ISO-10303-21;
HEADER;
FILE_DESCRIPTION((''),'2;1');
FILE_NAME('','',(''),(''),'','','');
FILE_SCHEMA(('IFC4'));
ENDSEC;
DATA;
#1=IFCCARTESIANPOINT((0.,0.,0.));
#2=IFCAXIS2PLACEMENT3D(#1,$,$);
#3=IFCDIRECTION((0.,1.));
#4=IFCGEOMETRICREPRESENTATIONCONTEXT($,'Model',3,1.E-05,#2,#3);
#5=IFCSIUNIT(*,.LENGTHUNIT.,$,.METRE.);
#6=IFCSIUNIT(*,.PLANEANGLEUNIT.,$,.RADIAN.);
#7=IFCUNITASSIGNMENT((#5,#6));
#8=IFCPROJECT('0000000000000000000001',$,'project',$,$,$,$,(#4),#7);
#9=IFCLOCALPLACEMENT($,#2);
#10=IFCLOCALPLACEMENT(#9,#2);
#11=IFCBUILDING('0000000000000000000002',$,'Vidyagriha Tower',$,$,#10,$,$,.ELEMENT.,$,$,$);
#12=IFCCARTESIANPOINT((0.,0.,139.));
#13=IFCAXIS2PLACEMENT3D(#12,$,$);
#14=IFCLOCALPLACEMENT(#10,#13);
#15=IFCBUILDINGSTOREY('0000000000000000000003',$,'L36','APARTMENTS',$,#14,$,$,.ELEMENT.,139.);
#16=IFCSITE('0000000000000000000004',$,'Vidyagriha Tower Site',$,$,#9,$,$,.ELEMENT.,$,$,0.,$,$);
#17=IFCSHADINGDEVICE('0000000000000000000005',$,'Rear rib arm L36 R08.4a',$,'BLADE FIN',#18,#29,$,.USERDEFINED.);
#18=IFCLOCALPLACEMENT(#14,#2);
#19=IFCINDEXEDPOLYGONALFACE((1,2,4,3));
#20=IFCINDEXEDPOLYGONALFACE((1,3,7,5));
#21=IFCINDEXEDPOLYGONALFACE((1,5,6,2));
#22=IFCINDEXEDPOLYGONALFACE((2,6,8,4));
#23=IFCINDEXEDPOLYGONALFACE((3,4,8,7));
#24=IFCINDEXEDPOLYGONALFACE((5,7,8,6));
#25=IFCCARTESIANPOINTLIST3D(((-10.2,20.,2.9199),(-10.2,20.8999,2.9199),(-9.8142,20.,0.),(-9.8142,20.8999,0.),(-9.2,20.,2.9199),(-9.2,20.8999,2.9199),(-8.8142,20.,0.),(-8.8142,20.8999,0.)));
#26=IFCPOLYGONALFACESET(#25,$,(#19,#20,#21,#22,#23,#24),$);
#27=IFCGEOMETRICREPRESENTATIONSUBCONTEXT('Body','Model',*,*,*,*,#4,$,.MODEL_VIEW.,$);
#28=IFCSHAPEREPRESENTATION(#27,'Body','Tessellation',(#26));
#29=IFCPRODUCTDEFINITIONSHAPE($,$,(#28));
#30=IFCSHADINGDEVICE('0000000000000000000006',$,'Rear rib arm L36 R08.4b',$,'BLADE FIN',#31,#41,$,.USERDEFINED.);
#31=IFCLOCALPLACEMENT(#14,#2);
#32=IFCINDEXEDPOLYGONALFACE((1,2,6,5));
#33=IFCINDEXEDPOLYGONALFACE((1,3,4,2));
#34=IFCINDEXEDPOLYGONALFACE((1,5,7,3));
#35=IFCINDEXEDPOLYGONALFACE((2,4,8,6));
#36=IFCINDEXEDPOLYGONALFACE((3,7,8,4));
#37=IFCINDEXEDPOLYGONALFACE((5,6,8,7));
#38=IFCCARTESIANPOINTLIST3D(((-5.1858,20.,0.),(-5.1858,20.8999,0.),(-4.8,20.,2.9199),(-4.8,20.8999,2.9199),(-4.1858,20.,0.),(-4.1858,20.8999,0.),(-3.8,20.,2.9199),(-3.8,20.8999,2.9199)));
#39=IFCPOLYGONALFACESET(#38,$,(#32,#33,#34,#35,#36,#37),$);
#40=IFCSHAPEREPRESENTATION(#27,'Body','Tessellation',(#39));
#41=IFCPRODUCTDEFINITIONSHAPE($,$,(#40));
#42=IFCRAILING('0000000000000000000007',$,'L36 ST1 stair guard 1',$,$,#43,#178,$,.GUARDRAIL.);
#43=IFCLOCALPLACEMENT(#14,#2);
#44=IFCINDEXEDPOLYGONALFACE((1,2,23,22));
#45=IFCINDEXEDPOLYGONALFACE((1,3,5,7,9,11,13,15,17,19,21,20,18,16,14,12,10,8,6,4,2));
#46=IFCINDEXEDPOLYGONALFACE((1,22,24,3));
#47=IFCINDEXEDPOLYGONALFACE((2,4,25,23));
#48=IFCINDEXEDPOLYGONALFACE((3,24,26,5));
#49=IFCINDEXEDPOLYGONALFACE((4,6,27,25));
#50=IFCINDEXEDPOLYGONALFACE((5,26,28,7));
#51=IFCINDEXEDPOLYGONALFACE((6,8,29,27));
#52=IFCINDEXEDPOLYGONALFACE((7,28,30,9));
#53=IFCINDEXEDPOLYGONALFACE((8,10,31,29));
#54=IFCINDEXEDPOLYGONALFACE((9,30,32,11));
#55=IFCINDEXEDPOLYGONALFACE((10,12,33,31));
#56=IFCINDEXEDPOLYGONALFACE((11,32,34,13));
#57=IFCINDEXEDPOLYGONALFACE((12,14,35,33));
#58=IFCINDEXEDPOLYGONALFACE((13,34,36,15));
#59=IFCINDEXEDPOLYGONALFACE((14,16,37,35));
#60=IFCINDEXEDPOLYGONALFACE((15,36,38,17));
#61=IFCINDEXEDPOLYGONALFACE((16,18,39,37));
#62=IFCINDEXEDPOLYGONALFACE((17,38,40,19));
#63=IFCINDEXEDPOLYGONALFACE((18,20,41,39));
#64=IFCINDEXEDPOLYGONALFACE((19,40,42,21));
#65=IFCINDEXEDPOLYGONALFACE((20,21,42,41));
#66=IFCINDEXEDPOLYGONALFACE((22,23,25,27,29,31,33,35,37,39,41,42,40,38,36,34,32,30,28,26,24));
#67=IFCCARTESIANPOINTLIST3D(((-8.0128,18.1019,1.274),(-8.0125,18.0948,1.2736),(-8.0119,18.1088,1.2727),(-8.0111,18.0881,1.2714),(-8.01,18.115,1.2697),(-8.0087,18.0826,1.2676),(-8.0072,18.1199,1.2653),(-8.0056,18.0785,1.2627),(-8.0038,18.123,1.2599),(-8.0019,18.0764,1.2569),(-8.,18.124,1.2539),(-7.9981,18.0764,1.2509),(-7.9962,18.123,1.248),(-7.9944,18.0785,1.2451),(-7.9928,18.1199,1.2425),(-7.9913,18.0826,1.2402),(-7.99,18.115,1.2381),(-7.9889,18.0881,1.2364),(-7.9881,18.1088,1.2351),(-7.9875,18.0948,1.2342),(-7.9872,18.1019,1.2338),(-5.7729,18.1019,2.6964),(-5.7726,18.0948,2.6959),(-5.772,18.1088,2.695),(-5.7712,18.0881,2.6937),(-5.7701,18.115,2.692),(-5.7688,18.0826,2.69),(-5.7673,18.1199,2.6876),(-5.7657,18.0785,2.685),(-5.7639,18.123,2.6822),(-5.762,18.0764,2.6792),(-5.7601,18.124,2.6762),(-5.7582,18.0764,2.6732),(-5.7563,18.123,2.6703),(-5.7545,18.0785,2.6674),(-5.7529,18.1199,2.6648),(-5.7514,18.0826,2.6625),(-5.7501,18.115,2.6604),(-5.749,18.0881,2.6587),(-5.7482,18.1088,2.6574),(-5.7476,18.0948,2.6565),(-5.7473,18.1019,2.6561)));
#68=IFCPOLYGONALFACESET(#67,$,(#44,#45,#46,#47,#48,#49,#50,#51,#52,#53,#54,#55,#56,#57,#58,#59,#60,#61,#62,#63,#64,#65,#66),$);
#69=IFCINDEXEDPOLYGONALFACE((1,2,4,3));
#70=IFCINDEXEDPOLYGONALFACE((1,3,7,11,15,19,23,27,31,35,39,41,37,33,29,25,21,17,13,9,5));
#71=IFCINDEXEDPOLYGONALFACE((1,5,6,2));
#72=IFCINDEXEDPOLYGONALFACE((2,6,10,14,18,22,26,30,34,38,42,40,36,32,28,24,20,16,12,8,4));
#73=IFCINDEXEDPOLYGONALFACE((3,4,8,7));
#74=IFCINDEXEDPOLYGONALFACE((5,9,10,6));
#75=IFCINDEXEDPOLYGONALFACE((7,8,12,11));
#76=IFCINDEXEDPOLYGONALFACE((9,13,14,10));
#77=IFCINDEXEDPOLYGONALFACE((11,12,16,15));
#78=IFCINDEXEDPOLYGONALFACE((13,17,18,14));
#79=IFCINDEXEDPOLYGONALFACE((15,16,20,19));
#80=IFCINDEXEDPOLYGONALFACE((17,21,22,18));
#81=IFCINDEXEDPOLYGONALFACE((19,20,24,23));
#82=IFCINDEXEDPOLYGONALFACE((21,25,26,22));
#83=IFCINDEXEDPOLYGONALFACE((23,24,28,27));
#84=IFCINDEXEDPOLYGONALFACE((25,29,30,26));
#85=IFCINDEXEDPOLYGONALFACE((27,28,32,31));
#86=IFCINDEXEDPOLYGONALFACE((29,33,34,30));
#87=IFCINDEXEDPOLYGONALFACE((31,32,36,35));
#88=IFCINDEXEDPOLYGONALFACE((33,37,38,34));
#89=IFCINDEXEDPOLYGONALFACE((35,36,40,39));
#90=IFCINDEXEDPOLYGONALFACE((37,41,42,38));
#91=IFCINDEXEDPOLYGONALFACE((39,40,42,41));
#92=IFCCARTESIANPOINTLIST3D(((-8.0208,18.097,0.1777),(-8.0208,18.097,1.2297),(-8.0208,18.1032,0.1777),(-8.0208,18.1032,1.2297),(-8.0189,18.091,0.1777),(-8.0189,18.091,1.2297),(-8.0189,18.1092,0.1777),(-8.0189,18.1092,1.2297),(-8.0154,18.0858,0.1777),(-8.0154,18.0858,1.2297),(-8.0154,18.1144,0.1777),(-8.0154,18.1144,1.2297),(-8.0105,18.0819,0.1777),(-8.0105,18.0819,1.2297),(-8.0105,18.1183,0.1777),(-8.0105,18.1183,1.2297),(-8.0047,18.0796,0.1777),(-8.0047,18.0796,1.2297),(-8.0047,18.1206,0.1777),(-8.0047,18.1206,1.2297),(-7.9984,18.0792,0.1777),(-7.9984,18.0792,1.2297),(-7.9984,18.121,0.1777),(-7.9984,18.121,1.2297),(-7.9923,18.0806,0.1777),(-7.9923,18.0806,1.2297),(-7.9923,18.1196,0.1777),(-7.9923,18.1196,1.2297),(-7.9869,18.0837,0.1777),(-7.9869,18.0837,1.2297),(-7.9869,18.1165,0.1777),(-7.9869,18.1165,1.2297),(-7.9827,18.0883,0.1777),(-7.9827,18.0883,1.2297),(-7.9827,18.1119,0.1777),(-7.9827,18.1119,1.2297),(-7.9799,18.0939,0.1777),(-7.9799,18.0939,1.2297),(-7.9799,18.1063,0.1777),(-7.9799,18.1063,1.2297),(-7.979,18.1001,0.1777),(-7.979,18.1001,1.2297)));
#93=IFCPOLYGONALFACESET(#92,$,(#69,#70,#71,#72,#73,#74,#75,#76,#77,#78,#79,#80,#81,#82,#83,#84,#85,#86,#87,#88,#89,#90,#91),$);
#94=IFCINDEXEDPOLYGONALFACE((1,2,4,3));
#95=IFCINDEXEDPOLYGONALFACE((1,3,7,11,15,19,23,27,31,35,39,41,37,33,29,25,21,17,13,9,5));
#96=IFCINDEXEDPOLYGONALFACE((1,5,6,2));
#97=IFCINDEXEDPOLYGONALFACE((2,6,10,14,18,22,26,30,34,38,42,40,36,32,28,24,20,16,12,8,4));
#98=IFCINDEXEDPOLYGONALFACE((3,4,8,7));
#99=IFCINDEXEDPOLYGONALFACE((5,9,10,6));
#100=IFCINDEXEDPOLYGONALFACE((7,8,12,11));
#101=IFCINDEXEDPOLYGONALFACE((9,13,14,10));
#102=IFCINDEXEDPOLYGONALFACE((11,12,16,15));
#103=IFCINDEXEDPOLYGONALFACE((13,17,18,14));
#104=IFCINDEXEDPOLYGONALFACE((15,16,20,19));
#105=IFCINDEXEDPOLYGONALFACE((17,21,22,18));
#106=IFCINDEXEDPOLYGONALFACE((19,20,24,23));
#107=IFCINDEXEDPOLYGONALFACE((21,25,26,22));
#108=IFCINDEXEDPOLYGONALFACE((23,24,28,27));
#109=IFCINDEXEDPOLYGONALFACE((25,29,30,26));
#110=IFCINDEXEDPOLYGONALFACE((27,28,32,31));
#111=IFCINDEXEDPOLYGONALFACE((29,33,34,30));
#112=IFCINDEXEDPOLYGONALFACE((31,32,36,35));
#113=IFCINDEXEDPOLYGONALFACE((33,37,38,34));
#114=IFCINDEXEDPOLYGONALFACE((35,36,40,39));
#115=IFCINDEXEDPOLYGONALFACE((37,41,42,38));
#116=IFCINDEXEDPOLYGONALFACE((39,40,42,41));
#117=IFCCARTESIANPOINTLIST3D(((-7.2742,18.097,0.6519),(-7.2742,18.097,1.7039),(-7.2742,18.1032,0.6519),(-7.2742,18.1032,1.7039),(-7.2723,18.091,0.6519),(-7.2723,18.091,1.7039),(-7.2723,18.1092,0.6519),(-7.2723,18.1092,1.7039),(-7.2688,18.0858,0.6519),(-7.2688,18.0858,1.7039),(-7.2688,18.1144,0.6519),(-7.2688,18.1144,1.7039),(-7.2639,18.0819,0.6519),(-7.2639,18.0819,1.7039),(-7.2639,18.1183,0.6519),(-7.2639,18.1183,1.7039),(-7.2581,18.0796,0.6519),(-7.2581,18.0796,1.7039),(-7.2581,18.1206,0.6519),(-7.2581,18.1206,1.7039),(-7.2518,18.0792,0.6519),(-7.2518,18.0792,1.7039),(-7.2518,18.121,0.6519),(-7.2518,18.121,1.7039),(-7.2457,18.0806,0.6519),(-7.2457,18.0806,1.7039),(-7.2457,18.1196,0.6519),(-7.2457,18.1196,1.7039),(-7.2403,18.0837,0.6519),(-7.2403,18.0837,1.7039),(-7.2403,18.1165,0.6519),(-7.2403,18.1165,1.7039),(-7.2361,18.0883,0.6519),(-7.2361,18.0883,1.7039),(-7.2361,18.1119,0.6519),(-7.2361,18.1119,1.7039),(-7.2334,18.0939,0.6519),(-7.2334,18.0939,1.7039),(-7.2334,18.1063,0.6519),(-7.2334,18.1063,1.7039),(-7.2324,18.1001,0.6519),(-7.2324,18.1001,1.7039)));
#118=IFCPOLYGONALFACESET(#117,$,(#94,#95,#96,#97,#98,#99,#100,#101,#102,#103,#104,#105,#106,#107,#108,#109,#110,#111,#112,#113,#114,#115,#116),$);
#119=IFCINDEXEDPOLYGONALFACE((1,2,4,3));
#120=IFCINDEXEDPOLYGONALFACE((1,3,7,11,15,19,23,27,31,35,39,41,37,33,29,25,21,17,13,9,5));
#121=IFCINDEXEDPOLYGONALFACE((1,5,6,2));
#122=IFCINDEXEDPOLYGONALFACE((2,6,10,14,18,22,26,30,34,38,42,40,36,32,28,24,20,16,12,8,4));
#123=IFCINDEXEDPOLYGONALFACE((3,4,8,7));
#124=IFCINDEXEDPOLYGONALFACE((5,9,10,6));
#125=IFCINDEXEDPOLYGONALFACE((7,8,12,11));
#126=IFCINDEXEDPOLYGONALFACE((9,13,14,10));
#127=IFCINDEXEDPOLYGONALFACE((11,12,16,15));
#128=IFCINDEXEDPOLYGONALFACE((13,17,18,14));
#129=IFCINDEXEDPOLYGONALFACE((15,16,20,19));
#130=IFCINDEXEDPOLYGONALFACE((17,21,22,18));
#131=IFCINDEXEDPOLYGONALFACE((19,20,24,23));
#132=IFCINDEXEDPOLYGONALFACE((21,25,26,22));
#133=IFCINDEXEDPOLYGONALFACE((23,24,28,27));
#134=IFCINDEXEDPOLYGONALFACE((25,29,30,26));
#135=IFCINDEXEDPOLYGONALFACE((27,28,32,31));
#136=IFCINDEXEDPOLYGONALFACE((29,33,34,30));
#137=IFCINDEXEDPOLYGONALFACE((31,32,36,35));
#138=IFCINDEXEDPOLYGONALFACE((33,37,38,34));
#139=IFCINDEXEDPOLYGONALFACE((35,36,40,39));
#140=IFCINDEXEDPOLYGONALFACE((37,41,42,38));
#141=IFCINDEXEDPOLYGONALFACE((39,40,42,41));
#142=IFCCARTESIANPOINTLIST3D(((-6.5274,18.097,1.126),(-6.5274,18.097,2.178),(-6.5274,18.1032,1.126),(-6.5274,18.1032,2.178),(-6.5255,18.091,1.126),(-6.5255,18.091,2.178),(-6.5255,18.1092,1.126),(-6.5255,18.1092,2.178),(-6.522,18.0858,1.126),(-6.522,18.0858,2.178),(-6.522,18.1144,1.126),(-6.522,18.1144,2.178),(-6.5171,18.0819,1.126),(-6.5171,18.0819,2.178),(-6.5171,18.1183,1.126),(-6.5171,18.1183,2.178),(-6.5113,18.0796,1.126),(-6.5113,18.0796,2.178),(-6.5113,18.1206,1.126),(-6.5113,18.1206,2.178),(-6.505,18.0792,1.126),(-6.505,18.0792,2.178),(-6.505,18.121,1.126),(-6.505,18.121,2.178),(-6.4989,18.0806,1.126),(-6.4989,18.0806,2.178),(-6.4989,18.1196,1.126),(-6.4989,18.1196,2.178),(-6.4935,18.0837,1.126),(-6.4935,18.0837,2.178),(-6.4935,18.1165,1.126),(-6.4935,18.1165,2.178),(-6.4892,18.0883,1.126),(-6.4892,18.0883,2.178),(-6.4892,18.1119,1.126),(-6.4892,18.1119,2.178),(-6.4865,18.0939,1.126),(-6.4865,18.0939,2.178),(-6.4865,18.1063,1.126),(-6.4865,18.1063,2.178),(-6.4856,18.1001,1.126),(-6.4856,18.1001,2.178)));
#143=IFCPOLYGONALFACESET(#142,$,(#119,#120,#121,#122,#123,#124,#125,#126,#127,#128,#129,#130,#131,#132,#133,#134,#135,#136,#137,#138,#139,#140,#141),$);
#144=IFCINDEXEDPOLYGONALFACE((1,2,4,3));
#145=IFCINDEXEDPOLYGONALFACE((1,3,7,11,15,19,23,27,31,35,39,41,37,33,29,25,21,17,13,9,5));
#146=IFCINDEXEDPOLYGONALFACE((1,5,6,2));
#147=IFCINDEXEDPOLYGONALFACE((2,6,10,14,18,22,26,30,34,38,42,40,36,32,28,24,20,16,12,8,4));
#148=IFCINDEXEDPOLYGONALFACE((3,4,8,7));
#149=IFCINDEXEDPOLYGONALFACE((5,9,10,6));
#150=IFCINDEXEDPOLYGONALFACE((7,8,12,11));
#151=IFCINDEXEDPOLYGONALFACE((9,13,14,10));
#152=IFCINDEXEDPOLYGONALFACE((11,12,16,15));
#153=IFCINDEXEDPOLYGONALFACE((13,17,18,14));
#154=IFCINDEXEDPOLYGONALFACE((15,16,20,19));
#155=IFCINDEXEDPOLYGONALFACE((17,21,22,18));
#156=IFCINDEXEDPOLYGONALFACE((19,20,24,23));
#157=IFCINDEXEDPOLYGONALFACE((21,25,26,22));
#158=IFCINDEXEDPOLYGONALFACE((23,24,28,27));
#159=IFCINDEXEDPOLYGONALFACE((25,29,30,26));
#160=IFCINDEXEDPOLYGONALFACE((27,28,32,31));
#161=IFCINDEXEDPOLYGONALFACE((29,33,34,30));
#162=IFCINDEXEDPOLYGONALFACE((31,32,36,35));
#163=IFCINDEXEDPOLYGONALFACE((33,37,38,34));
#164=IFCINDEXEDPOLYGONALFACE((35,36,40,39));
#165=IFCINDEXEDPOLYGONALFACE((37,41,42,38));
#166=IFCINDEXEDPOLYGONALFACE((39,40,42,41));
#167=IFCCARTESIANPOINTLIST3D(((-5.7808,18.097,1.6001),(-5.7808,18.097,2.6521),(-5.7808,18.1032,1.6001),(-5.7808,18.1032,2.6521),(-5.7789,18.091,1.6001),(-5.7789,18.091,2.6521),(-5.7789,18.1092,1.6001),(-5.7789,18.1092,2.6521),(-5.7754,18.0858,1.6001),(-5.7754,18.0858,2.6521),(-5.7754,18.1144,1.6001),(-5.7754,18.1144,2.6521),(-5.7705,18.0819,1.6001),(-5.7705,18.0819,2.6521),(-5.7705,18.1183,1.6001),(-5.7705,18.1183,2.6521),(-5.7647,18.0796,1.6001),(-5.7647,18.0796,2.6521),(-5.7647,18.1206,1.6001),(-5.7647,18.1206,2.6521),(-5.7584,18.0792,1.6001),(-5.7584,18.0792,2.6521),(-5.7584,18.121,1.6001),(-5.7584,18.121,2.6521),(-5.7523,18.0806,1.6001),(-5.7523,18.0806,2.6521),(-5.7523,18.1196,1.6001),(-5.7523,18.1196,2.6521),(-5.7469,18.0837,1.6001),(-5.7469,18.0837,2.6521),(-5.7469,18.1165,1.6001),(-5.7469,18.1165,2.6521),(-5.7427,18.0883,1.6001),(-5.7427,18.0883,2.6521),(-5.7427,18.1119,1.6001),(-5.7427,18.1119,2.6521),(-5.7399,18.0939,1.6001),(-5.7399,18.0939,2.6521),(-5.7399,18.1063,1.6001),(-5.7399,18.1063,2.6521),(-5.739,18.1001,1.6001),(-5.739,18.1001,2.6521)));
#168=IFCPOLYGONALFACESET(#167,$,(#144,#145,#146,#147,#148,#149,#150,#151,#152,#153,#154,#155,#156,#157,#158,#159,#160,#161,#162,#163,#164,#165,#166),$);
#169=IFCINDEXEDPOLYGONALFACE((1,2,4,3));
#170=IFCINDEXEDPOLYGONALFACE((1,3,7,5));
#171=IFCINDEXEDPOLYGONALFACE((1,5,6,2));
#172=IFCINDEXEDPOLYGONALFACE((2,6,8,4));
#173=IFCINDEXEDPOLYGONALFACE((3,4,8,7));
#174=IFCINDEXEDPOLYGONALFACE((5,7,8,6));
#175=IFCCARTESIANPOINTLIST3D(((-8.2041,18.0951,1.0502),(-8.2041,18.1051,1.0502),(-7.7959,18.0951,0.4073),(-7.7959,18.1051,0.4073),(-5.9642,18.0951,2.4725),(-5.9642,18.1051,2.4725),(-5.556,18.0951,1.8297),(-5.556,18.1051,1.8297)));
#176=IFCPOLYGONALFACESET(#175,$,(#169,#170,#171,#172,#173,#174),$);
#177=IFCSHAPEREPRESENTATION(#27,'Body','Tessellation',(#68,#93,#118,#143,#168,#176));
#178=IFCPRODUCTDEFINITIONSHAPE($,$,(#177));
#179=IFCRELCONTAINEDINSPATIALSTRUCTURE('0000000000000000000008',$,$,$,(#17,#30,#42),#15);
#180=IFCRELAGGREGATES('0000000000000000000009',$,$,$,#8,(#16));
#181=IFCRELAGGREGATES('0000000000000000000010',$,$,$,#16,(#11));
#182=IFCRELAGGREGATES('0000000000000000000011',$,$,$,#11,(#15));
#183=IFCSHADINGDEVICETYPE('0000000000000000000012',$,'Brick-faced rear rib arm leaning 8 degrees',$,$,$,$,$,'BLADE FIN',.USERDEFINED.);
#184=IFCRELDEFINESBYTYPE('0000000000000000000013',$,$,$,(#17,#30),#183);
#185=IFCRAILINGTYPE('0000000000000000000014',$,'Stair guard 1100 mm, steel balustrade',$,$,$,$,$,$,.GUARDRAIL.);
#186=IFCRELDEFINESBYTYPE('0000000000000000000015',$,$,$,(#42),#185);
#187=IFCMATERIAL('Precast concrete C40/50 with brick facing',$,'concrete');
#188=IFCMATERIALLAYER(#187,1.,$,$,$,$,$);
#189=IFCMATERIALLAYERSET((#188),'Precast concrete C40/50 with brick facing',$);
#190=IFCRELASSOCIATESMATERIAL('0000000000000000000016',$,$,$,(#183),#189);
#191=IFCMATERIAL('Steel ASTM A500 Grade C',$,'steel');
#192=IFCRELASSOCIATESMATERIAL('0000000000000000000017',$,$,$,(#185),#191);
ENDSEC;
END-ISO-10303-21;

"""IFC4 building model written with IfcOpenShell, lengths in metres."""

from ifc_helpers import new_model, si_unit, direction, frame, origin, origin_2d, place, context, subcontext, project, spatial, polyline, rectangle, circle, outline, extrude, material, layer, layer_set, type_object, element, save


model = new_model("IFC4")

# Units and contexts
model_context = context("Model", 3, precision=1e-05, world=origin(), true_north=direction((0.0, 1.0)))
body_context = subcontext(model_context, "Body", "Model", "MODEL_VIEW")
ifc_project = project(units=[si_unit("LENGTHUNIT", "METRE"), si_unit("PLANEANGLEUNIT", "RADIAN")], contexts=[model_context])

# Site, building, storey
site_placement = place(None, origin())
site = spatial("IfcSite", under=ifc_project, at=site_placement, Name="Vidyagriha Tower Site", CompositionType="ELEMENT", RefElevation=0.0)
building_placement = place(site_placement, origin())
building = spatial("IfcBuilding", under=site, at=building_placement, Name="Vidyagriha Tower", CompositionType="ELEMENT")
storey_placement = place(building_placement, frame((0.0, 0.0, 139.0)))
storey = spatial("IfcBuildingStorey", under=building, at=storey_placement, Name="L36", Description="APARTMENTS", CompositionType="ELEMENT", Elevation=139.0)

# Shading devices
ifc_material_1 = material(Name="Precast concrete C40/50 with brick facing", Category="concrete")
ifc_layer_1 = layer(ifc_material_1, 1.0)
ifc_layer_set_1 = layer_set([ifc_layer_1], Name="Precast concrete C40/50 with brick facing")
shading_device_type = type_object("IfcShadingDeviceType", Name="Brick-faced rear rib arm leaning 8 degrees", ElementType="BLADE FIN", PredefinedType="USERDEFINED", material=ifc_layer_set_1)
shading_device_1_placement = place(storey_placement, frame((-8.8142, 20.45, 0.0), z_axis=(0.0, 0.0, 1.0), x_axis=(-1.0, 0.0, 0.0)))
element("IfcShadingDevice", 1, at=shading_device_1_placement, inside=storey, type_object=shading_device_type, Name="Rear rib arm L36 R08.4a", ObjectType="BLADE FIN", PredefinedType="USERDEFINED", context=body_context, shape_type="SweptSolid", body=[
    extrude(outline(polyline([(0.0, 0.0), (1.0, 0.0), (1.3857, 2.9199), (0.3857, 2.9199), (0.0, 0.0)])), frame((0.0, 0.45, 0.0), z_axis=(0.0, -1.0, 0.0), x_axis=(1.0, 0.0, 0.0)), (0.0, 0.0, 1.0), 0.8999),
])
shading_device_2_placement = place(storey_placement, frame((-3.8, 20.45, 0.0), z_axis=(0.0, 0.0, 1.0), x_axis=(-1.0, 0.0, 0.0)))
element("IfcShadingDevice", 2, at=shading_device_2_placement, inside=storey, type_object=shading_device_type, Name="Rear rib arm L36 R08.4b", ObjectType="BLADE FIN", PredefinedType="USERDEFINED", context=body_context, shape_type="SweptSolid", body=[
    extrude(outline(polyline([(0.3857, 0.0), (1.3857, 0.0), (1.0, 2.9199), (0.0, 2.9199), (0.3857, 0.0)])), frame((0.0, 0.45, 0.0), z_axis=(0.0, -1.0, 0.0), x_axis=(1.0, 0.0, 0.0)), (0.0, 0.0, 1.0), 0.8999),
])

# Railing
ifc_material_2 = material(Name="Steel ASTM A500 Grade C", Category="steel")
railing_type_1 = type_object("IfcRailingType", Name="Stair guard 1100 mm, steel balustrade", PredefinedType="GUARDRAIL", material=ifc_material_2)
railing_1_placement = place(storey_placement, frame((-8.0, 18.1001, 0.1777)))
element("IfcRailing", 3, at=railing_1_placement, inside=storey, type_object=railing_type_1, Name="L36 ST1 stair guard 1", PredefinedType="GUARDRAIL", context=body_context, shape_type="SweptSolid", body=[
    extrude(circle(Radius=0.0239, at=origin_2d()), frame((0.0, 0.0, 1.0762), z_axis=(0.844188, 0.0, 0.536048), x_axis=(0.0, 1.0, 0.0)), (0.0, 0.0, 1.0), 2.6533),
    extrude(circle(Radius=0.021, at=origin_2d()), origin(), (0.0, 0.0, 1.0), 1.052),
    extrude(circle(Radius=0.021, at=origin_2d()), frame((0.7466, 0.0, 0.4741)), (0.0, 0.0, 1.0), 1.052),
    extrude(circle(Radius=0.021, at=origin_2d()), frame((1.4934, 0.0, 0.9482)), (0.0, 0.0, 1.0), 1.052),
    extrude(circle(Radius=0.021, at=origin_2d()), frame((2.24, 0.0, 1.4224)), (0.0, 0.0, 1.0), 1.052),
    extrude(rectangle(XDim=0.01, YDim=0.7615, at=origin_2d()), frame((0.0, 0.0, 0.551), z_axis=(0.844188, 0.0, 0.536048), x_axis=(0.0, 1.0, 0.0)), (0.0, 0.0, 1.0), 2.6533),
])

save(model, "model.ifc")
